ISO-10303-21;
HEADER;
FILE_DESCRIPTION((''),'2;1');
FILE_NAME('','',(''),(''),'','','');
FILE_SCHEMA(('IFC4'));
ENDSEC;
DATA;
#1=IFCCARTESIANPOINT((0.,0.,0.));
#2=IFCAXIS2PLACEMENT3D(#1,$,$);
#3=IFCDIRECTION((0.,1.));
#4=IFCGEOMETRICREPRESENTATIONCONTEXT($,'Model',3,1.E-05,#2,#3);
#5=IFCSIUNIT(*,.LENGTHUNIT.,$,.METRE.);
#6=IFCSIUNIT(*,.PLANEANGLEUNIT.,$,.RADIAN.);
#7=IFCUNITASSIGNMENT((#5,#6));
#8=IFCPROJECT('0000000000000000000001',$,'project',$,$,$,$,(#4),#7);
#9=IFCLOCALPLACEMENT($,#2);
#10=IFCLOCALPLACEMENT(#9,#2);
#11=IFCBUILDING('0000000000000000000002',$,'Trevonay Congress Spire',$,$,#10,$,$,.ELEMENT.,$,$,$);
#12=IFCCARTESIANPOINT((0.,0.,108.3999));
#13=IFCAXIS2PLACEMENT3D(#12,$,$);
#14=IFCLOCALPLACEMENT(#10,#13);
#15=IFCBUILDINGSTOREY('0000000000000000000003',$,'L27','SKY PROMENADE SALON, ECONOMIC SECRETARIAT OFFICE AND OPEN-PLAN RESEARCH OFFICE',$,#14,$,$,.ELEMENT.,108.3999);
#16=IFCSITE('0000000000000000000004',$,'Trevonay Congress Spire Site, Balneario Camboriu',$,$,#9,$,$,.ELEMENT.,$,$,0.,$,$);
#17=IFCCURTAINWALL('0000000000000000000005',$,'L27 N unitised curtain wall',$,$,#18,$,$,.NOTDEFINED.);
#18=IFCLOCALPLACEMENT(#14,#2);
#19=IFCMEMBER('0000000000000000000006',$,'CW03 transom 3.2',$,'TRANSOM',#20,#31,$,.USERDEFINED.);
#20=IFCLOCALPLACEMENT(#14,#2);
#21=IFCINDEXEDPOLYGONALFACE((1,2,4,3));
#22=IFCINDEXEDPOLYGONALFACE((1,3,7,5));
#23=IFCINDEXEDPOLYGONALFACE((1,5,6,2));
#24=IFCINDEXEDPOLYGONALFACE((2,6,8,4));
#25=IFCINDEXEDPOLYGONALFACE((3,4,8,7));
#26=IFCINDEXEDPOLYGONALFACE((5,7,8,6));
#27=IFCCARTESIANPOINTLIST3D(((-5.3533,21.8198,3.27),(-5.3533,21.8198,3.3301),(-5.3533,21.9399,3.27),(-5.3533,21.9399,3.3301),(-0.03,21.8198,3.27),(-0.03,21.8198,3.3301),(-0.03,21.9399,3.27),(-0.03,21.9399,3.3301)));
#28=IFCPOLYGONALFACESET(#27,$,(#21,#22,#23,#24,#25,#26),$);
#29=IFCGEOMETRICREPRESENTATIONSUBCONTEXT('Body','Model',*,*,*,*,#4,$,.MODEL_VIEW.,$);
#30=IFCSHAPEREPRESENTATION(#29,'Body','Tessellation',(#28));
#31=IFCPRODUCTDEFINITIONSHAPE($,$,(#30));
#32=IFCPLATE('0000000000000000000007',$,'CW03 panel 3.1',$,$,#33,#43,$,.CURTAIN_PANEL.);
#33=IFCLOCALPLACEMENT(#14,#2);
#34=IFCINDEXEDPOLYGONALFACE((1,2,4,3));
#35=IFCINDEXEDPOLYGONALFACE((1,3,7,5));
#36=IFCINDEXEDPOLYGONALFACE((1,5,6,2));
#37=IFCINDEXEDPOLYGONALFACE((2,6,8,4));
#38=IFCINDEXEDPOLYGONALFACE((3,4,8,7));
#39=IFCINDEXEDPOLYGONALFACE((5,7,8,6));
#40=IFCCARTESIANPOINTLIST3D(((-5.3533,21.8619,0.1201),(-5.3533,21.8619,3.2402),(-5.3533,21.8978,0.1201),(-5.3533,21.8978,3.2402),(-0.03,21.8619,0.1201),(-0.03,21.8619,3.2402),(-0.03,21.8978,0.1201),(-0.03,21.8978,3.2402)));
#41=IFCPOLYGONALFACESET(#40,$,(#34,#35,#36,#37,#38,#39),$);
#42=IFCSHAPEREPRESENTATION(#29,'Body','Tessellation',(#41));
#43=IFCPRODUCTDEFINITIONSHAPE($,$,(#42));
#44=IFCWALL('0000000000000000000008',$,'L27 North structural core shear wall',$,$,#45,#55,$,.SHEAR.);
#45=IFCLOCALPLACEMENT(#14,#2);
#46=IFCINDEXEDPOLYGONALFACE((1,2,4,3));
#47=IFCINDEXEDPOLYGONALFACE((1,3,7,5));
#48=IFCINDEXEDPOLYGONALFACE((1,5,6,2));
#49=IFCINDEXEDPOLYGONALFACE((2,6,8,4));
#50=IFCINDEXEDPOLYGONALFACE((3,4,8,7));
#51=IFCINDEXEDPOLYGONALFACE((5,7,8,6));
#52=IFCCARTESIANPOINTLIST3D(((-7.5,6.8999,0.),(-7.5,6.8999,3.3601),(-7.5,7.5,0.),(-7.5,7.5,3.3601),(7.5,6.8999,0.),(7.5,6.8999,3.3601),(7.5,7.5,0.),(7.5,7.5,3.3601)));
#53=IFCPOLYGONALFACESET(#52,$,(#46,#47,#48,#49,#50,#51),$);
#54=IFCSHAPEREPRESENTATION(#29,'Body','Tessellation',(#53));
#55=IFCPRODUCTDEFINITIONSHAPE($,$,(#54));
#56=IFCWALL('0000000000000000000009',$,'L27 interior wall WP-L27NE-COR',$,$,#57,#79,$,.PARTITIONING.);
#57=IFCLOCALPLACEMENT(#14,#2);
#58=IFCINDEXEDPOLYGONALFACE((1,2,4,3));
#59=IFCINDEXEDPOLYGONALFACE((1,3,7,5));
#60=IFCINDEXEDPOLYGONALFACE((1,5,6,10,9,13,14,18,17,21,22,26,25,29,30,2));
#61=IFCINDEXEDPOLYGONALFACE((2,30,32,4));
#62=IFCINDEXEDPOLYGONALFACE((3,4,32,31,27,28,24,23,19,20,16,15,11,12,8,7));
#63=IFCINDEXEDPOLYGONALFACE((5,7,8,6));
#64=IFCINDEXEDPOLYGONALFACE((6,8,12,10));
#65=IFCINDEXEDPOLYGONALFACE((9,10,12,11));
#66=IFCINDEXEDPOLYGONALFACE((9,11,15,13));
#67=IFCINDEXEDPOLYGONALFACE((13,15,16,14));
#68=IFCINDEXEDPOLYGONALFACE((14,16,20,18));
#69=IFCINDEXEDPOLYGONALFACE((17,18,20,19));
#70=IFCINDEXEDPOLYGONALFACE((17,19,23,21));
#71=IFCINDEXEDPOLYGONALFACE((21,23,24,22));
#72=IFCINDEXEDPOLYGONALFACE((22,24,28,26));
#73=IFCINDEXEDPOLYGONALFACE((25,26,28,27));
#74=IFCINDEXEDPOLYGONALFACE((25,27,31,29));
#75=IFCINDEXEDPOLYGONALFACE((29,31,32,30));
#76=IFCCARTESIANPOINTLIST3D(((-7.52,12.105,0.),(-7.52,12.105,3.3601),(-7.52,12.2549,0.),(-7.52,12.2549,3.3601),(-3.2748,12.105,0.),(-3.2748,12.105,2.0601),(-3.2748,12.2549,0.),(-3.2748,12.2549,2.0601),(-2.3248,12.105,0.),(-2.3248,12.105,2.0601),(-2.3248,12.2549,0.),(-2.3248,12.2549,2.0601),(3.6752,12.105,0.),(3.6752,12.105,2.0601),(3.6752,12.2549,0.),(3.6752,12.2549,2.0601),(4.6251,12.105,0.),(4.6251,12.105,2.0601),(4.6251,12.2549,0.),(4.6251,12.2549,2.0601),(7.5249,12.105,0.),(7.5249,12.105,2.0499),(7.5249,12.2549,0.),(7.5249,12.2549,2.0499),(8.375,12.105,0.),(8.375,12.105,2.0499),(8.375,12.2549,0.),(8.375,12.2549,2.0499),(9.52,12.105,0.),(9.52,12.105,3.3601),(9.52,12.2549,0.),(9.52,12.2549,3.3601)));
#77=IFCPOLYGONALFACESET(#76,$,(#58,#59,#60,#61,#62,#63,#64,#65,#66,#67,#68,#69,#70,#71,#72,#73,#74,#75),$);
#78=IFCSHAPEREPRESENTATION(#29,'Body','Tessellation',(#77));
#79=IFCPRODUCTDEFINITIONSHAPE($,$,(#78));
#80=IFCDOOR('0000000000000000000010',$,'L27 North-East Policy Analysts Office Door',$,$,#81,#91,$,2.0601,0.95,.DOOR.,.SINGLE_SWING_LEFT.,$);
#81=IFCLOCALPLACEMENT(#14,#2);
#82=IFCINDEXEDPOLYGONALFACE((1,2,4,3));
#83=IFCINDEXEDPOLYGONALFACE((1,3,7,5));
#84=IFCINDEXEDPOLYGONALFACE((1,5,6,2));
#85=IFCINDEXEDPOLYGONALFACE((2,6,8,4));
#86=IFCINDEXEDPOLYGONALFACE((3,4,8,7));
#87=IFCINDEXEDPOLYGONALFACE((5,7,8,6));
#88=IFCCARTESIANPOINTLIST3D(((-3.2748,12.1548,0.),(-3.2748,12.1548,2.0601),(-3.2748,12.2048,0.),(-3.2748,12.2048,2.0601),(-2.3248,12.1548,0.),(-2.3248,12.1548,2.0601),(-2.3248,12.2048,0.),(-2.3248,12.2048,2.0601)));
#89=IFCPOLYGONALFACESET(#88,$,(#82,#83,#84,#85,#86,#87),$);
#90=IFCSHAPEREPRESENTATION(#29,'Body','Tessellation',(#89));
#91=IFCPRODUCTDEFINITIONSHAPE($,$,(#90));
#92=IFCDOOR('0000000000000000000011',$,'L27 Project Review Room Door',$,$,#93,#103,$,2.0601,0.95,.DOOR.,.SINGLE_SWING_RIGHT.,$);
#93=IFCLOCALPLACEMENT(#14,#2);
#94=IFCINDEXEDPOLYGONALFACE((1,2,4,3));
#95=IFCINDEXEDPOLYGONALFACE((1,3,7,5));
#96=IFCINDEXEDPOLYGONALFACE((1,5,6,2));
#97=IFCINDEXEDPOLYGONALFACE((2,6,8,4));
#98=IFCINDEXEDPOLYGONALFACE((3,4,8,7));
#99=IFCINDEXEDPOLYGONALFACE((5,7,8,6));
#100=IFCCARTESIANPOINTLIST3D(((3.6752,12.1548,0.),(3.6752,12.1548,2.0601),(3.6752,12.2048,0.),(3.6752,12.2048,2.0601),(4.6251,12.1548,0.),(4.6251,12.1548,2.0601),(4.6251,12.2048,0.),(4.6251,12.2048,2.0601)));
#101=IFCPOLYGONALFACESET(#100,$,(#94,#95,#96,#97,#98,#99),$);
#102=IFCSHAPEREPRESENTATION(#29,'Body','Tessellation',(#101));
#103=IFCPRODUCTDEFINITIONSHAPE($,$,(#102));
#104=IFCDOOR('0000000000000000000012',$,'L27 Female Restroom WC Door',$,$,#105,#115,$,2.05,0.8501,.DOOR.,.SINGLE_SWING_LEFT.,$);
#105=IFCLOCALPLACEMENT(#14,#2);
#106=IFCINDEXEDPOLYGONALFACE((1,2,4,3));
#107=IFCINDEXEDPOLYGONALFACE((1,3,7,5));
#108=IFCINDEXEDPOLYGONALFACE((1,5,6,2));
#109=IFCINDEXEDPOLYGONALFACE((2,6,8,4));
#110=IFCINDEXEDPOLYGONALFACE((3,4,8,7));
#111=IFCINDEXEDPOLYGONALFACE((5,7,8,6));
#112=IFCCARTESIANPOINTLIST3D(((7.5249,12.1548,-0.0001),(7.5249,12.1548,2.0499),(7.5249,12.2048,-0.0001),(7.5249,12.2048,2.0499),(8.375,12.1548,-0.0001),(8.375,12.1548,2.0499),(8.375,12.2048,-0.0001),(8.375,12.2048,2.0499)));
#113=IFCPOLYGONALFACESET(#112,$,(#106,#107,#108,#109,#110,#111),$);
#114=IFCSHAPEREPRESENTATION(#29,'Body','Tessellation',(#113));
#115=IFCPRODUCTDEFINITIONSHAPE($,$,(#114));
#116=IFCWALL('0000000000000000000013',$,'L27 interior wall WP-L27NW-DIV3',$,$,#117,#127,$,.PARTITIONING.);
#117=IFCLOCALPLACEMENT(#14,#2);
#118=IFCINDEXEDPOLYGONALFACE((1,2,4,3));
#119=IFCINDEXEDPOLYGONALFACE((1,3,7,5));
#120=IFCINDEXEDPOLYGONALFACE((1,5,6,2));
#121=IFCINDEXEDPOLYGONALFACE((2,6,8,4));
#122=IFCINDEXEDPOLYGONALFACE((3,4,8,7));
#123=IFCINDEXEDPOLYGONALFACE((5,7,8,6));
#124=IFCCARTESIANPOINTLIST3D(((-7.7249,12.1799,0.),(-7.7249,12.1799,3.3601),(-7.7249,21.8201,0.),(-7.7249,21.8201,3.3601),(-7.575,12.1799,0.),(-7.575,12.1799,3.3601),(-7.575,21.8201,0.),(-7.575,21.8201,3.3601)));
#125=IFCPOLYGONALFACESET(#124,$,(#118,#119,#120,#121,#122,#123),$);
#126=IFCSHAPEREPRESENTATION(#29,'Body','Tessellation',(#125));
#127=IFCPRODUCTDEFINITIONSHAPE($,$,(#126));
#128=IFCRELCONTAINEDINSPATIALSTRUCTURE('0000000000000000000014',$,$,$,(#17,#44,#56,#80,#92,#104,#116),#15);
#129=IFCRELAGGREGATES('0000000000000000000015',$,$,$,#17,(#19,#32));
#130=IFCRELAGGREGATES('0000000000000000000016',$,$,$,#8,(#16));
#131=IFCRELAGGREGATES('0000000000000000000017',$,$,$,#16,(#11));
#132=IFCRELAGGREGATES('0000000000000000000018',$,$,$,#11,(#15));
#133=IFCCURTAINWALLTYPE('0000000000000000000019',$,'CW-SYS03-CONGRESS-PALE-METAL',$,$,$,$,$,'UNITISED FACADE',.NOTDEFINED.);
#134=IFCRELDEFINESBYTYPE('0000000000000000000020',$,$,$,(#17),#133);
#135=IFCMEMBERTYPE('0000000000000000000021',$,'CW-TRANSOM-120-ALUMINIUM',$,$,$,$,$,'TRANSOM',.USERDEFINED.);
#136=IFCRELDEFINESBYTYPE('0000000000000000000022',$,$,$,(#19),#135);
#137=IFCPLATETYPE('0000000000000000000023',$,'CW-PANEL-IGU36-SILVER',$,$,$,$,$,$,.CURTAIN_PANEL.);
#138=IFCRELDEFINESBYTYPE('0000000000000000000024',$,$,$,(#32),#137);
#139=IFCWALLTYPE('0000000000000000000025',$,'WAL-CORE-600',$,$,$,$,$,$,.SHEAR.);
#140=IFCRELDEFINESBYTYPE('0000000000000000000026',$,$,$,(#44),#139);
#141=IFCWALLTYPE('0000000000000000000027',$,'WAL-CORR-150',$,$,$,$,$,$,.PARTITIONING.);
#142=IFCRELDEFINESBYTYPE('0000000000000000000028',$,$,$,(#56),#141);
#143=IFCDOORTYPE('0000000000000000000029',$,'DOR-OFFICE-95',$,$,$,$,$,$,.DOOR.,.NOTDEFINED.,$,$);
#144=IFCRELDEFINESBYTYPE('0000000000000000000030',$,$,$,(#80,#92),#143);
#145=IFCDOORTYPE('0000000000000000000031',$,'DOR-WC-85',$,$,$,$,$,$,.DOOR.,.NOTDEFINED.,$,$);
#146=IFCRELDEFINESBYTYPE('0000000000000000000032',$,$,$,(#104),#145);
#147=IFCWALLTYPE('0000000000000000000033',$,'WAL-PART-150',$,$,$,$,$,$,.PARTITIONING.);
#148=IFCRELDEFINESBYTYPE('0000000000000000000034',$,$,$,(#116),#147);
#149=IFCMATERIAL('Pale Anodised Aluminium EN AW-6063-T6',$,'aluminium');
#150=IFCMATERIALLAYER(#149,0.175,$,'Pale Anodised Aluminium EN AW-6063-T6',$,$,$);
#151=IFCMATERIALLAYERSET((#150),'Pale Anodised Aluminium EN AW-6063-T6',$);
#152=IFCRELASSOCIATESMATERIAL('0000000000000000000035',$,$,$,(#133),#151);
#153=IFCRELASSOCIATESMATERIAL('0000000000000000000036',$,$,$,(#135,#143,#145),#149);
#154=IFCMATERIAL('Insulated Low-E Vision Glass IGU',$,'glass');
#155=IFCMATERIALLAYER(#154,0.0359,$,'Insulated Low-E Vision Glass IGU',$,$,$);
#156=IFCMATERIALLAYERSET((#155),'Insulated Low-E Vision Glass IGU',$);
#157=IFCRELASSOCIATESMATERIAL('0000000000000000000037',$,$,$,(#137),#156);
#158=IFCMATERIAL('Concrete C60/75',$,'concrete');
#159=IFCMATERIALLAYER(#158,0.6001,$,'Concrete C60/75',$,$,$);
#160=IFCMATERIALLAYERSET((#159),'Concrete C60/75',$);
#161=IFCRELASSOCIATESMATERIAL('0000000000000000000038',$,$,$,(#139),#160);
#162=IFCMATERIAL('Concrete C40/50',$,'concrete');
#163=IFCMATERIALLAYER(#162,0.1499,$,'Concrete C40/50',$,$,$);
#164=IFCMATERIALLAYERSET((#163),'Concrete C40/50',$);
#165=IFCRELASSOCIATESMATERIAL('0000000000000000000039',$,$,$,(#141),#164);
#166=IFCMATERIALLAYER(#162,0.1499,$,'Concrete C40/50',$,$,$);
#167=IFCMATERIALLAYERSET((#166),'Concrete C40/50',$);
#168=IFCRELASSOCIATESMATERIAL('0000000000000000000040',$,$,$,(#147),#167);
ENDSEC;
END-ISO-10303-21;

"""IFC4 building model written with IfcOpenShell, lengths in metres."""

from ifc_helpers import new_model, si_unit, direction, frame, frame_2d, origin, origin_2d, place, context, subcontext, project, spatial, rectangle, extrude, material, layer, layer_set, material_profile, profile_set, type_object, element, fill, aggregate, save


model = new_model("IFC4")

# Units and contexts
model_context = context("Model", 3, precision=1e-05, world=origin(), true_north=direction((0.0, 1.0)))
body_context = subcontext(model_context, "Body", "Model", "MODEL_VIEW")
ifc_project = project(units=[si_unit("LENGTHUNIT", "METRE"), si_unit("PLANEANGLEUNIT", "RADIAN")], contexts=[model_context])

# Site, building, storey
site_placement = place(None, origin())
site = spatial("IfcSite", under=ifc_project, at=site_placement, Name="Trevonay Congress Spire Site, Balneario Camboriu", CompositionType="ELEMENT", RefElevation=0.0)
building_placement = place(site_placement, origin())
building = spatial("IfcBuilding", under=site, at=building_placement, Name="Trevonay Congress Spire", CompositionType="ELEMENT")
storey_placement = place(building_placement, frame((0.0, 0.0, 108.3999)))
storey = spatial("IfcBuildingStorey", under=building, at=storey_placement, Name="L27", Description="SKY PROMENADE SALON, ECONOMIC SECRETARIAT OFFICE AND OPEN-PLAN RESEARCH OFFICE", CompositionType="ELEMENT", Elevation=108.3999)

# Curtain wall, member, plate
ifc_material_1 = material(Name="Pale Anodised Aluminium EN AW-6063-T6", Category="aluminium")
ifc_layer_1 = layer(ifc_material_1, 0.175, Name="Pale Anodised Aluminium EN AW-6063-T6")
ifc_layer_set_1 = layer_set([ifc_layer_1], Name="Pale Anodised Aluminium EN AW-6063-T6")
curtain_wall_type = type_object("IfcCurtainWallType", Name="CW-SYS03-CONGRESS-PALE-METAL", ElementType="UNITISED FACADE", PredefinedType="NOTDEFINED", material=ifc_layer_set_1)
curtain_wall_placement = place(storey_placement, origin())
curtain_wall = element("IfcCurtainWall", 1, at=curtain_wall_placement, inside=storey, type_object=curtain_wall_type, Name="L27 N unitised curtain wall", PredefinedType="NOTDEFINED")
ifc_material_profile_1 = material_profile(ifc_material_1, rectangle(XDim=0.1201, YDim=0.0601, at=origin_2d()), Name="CW-TRANSOM-120-ALUMINIUM")
ifc_profile_set_1 = profile_set([ifc_material_profile_1], Name="Pale Anodised Aluminium EN AW-6063-T6")
member_type_1 = type_object("IfcMemberType", Name="CW-TRANSOM-120-ALUMINIUM", ElementType="TRANSOM", PredefinedType="USERDEFINED", material=ifc_profile_set_1)
member_1_placement = place(storey_placement, frame((-5.3533, 21.8799, 3.3), z_axis=(1.0, 0.0, 0.0), x_axis=(0.0, 1.0, 0.0)))
member_1 = element("IfcMember", 2, at=member_1_placement, type_object=member_type_1, Name="CW03 transom 3.2", ObjectType="TRANSOM", PredefinedType="USERDEFINED", context=body_context, shape_type="SweptSolid", body=[
    extrude(rectangle(XDim=0.1201, YDim=0.0601, at=origin_2d()), origin(), (0.0, 0.0, 1.0), 5.3232),
])
ifc_material_2 = material(Name="Insulated Low-E Vision Glass IGU", Category="glass")
ifc_layer_2 = layer(ifc_material_2, 0.0359, Name="Insulated Low-E Vision Glass IGU")
ifc_layer_set_2 = layer_set([ifc_layer_2], Name="Insulated Low-E Vision Glass IGU")
plate_type = type_object("IfcPlateType", Name="CW-PANEL-IGU36-SILVER", PredefinedType="CURTAIN_PANEL", material=ifc_layer_set_2)
plate_placement = place(storey_placement, frame((-2.6917, 21.8799, 0.1201), z_axis=(0.0, 0.0, 1.0), x_axis=(1.0, 0.0, 0.0)))
plate = element("IfcPlate", 3, at=plate_placement, type_object=plate_type, Name="CW03 panel 3.1", PredefinedType="CURTAIN_PANEL", context=body_context, shape_type="SweptSolid", body=[
    extrude(rectangle(XDim=5.3232, YDim=0.0359, at=origin_2d()), origin(), (0.0, 0.0, 1.0), 3.1201),
])
aggregate(curtain_wall, [member_1, plate])

# Wall
ifc_material_3 = material(Name="Concrete C60/75", Category="concrete")
ifc_layer_3 = layer(ifc_material_3, 0.6001, Name="Concrete C60/75")
ifc_layer_set_3 = layer_set([ifc_layer_3], Name="Concrete C60/75")
wall_type_1 = type_object("IfcWallType", Name="WAL-CORE-600", PredefinedType="SHEAR", material=ifc_layer_set_3)
wall_1_placement = place(storey_placement, frame((-7.5, 7.2, 0.0), z_axis=(0.0, 0.0, 1.0), x_axis=(1.0, 0.0, 0.0)))
element("IfcWall", 4, at=wall_1_placement, inside=storey, type_object=wall_type_1, Name="L27 North structural core shear wall", PredefinedType="SHEAR", context=body_context, shape_type="SweptSolid", body=[
    extrude(rectangle(XDim=15.0, YDim=0.6001, at=frame_2d((7.5, 0.0))), origin(), (0.0, 0.0, 1.0), 3.3601),
])

# Wall, openings, doors
ifc_material_4 = material(Name="Concrete C40/50", Category="concrete")
ifc_layer_4 = layer(ifc_material_4, 0.1499, Name="Concrete C40/50")
ifc_layer_set_4 = layer_set([ifc_layer_4], Name="Concrete C40/50")
wall_type_2 = type_object("IfcWallType", Name="WAL-CORR-150", PredefinedType="PARTITIONING", material=ifc_layer_set_4)
wall_2_placement = place(storey_placement, frame((-7.52, 12.1799, 0.0), z_axis=(0.0, 0.0, 1.0), x_axis=(1.0, 0.0, 0.0)))
wall_2 = element("IfcWall", 5, at=wall_2_placement, inside=storey, type_object=wall_type_2, Name="L27 interior wall WP-L27NE-COR", PredefinedType="PARTITIONING", context=body_context, shape_type="SweptSolid", body=[
    extrude(rectangle(XDim=17.04, YDim=0.1499, at=frame_2d((8.52, 0.0))), origin(), (0.0, 0.0, 1.0), 3.3601),
])
opening_1_placement = place(wall_2_placement, frame((4.2451, 0.0, 0.0)))
opening_1 = element("IfcOpeningElement", 6, at=opening_1_placement, cuts=wall_2, PredefinedType="OPENING", context=body_context, shape_type="SweptSolid", body=[
    extrude(rectangle(XDim=0.95, YDim=2.0601, at=frame_2d((0.4751, 1.03))), frame((0.0, 0.085, 0.0), z_axis=(0.0, -1.0, 0.0), x_axis=(1.0, 0.0, 0.0)), (0.0, 0.0, 1.0), 0.1699),
])
opening_2_placement = place(wall_2_placement, frame((11.1951, 0.0, 0.0)))
opening_2 = element("IfcOpeningElement", 7, at=opening_2_placement, cuts=wall_2, PredefinedType="OPENING", context=body_context, shape_type="SweptSolid", body=[
    extrude(rectangle(XDim=0.95, YDim=2.0601, at=frame_2d((0.4751, 1.03))), frame((0.0, 0.085, 0.0), z_axis=(0.0, -1.0, 0.0), x_axis=(1.0, 0.0, 0.0)), (0.0, 0.0, 1.0), 0.1699),
])
opening_3_placement = place(wall_2_placement, frame((15.0449, 0.0, 0.0)))
opening_3 = element("IfcOpeningElement", 8, at=opening_3_placement, cuts=wall_2, PredefinedType="OPENING", context=body_context, shape_type="SweptSolid", body=[
    extrude(rectangle(XDim=0.8501, YDim=2.05, at=frame_2d((0.425, 1.0249))), frame((0.0, 0.085, 0.0), z_axis=(0.0, -1.0, 0.0), x_axis=(1.0, 0.0, 0.0)), (0.0, 0.0, 1.0), 0.1699),
])
door_type_1 = type_object("IfcDoorType", Name="DOR-OFFICE-95", OperationType="NOTDEFINED", PredefinedType="DOOR", material=ifc_material_1)
door_1_placement = place(opening_1_placement, origin())
door_1 = element("IfcDoor", 9, at=door_1_placement, inside=storey, type_object=door_type_1, Name="L27 North-East Policy Analysts Office Door", OperationType="SINGLE_SWING_LEFT", OverallHeight=2.0601, OverallWidth=0.95, PredefinedType="DOOR", context=body_context, shape_type="SweptSolid", body=[
    extrude(rectangle(XDim=0.95, YDim=2.0601, at=frame_2d((0.4751, 1.03))), frame((0.0, 0.0249, 0.0), z_axis=(0.0, -1.0, 0.0), x_axis=(1.0, 0.0, 0.0)), (0.0, 0.0, 1.0), 0.05),
])
fill(opening_1, door_1)
door_2_placement = place(opening_2_placement, origin())
door_2 = element("IfcDoor", 10, at=door_2_placement, inside=storey, type_object=door_type_1, Name="L27 Project Review Room Door", OperationType="SINGLE_SWING_RIGHT", OverallHeight=2.0601, OverallWidth=0.95, PredefinedType="DOOR", context=body_context, shape_type="SweptSolid", body=[
    extrude(rectangle(XDim=0.95, YDim=2.0601, at=frame_2d((0.4751, 1.03))), frame((0.0, 0.0249, 0.0), z_axis=(0.0, -1.0, 0.0), x_axis=(1.0, 0.0, 0.0)), (0.0, 0.0, 1.0), 0.05),
])
fill(opening_2, door_2)
door_type_2 = type_object("IfcDoorType", Name="DOR-WC-85", OperationType="NOTDEFINED", PredefinedType="DOOR", material=ifc_material_1)
door_3_placement = place(opening_3_placement, origin())
door_3 = element("IfcDoor", 11, at=door_3_placement, inside=storey, type_object=door_type_2, Name="L27 Female Restroom WC Door", OperationType="SINGLE_SWING_LEFT", OverallHeight=2.05, OverallWidth=0.8501, PredefinedType="DOOR", context=body_context, shape_type="SweptSolid", body=[
    extrude(rectangle(XDim=0.8501, YDim=2.05, at=frame_2d((0.425, 1.0249))), frame((0.0, 0.0249, 0.0), z_axis=(0.0, -1.0, 0.0), x_axis=(1.0, 0.0, 0.0)), (0.0, 0.0, 1.0), 0.05),
])
fill(opening_3, door_3)

# Wall
ifc_layer_5 = layer(ifc_material_4, 0.1499, Name="Concrete C40/50")
ifc_layer_set_5 = layer_set([ifc_layer_5], Name="Concrete C40/50")
wall_type_3 = type_object("IfcWallType", Name="WAL-PART-150", PredefinedType="PARTITIONING", material=ifc_layer_set_5)
wall_3_placement = place(storey_placement, frame((-7.6499, 12.1799, 0.0), z_axis=(0.0, 0.0, 1.0), x_axis=(0.0, 1.0, 0.0)))
element("IfcWall", 12, at=wall_3_placement, inside=storey, type_object=wall_type_3, Name="L27 interior wall WP-L27NW-DIV3", PredefinedType="PARTITIONING", context=body_context, shape_type="SweptSolid", body=[
    extrude(rectangle(XDim=9.6401, YDim=0.1499, at=frame_2d((4.8201, 0.0))), origin(), (0.0, 0.0, 1.0), 3.3601),
])

save(model, "model.ifc")
